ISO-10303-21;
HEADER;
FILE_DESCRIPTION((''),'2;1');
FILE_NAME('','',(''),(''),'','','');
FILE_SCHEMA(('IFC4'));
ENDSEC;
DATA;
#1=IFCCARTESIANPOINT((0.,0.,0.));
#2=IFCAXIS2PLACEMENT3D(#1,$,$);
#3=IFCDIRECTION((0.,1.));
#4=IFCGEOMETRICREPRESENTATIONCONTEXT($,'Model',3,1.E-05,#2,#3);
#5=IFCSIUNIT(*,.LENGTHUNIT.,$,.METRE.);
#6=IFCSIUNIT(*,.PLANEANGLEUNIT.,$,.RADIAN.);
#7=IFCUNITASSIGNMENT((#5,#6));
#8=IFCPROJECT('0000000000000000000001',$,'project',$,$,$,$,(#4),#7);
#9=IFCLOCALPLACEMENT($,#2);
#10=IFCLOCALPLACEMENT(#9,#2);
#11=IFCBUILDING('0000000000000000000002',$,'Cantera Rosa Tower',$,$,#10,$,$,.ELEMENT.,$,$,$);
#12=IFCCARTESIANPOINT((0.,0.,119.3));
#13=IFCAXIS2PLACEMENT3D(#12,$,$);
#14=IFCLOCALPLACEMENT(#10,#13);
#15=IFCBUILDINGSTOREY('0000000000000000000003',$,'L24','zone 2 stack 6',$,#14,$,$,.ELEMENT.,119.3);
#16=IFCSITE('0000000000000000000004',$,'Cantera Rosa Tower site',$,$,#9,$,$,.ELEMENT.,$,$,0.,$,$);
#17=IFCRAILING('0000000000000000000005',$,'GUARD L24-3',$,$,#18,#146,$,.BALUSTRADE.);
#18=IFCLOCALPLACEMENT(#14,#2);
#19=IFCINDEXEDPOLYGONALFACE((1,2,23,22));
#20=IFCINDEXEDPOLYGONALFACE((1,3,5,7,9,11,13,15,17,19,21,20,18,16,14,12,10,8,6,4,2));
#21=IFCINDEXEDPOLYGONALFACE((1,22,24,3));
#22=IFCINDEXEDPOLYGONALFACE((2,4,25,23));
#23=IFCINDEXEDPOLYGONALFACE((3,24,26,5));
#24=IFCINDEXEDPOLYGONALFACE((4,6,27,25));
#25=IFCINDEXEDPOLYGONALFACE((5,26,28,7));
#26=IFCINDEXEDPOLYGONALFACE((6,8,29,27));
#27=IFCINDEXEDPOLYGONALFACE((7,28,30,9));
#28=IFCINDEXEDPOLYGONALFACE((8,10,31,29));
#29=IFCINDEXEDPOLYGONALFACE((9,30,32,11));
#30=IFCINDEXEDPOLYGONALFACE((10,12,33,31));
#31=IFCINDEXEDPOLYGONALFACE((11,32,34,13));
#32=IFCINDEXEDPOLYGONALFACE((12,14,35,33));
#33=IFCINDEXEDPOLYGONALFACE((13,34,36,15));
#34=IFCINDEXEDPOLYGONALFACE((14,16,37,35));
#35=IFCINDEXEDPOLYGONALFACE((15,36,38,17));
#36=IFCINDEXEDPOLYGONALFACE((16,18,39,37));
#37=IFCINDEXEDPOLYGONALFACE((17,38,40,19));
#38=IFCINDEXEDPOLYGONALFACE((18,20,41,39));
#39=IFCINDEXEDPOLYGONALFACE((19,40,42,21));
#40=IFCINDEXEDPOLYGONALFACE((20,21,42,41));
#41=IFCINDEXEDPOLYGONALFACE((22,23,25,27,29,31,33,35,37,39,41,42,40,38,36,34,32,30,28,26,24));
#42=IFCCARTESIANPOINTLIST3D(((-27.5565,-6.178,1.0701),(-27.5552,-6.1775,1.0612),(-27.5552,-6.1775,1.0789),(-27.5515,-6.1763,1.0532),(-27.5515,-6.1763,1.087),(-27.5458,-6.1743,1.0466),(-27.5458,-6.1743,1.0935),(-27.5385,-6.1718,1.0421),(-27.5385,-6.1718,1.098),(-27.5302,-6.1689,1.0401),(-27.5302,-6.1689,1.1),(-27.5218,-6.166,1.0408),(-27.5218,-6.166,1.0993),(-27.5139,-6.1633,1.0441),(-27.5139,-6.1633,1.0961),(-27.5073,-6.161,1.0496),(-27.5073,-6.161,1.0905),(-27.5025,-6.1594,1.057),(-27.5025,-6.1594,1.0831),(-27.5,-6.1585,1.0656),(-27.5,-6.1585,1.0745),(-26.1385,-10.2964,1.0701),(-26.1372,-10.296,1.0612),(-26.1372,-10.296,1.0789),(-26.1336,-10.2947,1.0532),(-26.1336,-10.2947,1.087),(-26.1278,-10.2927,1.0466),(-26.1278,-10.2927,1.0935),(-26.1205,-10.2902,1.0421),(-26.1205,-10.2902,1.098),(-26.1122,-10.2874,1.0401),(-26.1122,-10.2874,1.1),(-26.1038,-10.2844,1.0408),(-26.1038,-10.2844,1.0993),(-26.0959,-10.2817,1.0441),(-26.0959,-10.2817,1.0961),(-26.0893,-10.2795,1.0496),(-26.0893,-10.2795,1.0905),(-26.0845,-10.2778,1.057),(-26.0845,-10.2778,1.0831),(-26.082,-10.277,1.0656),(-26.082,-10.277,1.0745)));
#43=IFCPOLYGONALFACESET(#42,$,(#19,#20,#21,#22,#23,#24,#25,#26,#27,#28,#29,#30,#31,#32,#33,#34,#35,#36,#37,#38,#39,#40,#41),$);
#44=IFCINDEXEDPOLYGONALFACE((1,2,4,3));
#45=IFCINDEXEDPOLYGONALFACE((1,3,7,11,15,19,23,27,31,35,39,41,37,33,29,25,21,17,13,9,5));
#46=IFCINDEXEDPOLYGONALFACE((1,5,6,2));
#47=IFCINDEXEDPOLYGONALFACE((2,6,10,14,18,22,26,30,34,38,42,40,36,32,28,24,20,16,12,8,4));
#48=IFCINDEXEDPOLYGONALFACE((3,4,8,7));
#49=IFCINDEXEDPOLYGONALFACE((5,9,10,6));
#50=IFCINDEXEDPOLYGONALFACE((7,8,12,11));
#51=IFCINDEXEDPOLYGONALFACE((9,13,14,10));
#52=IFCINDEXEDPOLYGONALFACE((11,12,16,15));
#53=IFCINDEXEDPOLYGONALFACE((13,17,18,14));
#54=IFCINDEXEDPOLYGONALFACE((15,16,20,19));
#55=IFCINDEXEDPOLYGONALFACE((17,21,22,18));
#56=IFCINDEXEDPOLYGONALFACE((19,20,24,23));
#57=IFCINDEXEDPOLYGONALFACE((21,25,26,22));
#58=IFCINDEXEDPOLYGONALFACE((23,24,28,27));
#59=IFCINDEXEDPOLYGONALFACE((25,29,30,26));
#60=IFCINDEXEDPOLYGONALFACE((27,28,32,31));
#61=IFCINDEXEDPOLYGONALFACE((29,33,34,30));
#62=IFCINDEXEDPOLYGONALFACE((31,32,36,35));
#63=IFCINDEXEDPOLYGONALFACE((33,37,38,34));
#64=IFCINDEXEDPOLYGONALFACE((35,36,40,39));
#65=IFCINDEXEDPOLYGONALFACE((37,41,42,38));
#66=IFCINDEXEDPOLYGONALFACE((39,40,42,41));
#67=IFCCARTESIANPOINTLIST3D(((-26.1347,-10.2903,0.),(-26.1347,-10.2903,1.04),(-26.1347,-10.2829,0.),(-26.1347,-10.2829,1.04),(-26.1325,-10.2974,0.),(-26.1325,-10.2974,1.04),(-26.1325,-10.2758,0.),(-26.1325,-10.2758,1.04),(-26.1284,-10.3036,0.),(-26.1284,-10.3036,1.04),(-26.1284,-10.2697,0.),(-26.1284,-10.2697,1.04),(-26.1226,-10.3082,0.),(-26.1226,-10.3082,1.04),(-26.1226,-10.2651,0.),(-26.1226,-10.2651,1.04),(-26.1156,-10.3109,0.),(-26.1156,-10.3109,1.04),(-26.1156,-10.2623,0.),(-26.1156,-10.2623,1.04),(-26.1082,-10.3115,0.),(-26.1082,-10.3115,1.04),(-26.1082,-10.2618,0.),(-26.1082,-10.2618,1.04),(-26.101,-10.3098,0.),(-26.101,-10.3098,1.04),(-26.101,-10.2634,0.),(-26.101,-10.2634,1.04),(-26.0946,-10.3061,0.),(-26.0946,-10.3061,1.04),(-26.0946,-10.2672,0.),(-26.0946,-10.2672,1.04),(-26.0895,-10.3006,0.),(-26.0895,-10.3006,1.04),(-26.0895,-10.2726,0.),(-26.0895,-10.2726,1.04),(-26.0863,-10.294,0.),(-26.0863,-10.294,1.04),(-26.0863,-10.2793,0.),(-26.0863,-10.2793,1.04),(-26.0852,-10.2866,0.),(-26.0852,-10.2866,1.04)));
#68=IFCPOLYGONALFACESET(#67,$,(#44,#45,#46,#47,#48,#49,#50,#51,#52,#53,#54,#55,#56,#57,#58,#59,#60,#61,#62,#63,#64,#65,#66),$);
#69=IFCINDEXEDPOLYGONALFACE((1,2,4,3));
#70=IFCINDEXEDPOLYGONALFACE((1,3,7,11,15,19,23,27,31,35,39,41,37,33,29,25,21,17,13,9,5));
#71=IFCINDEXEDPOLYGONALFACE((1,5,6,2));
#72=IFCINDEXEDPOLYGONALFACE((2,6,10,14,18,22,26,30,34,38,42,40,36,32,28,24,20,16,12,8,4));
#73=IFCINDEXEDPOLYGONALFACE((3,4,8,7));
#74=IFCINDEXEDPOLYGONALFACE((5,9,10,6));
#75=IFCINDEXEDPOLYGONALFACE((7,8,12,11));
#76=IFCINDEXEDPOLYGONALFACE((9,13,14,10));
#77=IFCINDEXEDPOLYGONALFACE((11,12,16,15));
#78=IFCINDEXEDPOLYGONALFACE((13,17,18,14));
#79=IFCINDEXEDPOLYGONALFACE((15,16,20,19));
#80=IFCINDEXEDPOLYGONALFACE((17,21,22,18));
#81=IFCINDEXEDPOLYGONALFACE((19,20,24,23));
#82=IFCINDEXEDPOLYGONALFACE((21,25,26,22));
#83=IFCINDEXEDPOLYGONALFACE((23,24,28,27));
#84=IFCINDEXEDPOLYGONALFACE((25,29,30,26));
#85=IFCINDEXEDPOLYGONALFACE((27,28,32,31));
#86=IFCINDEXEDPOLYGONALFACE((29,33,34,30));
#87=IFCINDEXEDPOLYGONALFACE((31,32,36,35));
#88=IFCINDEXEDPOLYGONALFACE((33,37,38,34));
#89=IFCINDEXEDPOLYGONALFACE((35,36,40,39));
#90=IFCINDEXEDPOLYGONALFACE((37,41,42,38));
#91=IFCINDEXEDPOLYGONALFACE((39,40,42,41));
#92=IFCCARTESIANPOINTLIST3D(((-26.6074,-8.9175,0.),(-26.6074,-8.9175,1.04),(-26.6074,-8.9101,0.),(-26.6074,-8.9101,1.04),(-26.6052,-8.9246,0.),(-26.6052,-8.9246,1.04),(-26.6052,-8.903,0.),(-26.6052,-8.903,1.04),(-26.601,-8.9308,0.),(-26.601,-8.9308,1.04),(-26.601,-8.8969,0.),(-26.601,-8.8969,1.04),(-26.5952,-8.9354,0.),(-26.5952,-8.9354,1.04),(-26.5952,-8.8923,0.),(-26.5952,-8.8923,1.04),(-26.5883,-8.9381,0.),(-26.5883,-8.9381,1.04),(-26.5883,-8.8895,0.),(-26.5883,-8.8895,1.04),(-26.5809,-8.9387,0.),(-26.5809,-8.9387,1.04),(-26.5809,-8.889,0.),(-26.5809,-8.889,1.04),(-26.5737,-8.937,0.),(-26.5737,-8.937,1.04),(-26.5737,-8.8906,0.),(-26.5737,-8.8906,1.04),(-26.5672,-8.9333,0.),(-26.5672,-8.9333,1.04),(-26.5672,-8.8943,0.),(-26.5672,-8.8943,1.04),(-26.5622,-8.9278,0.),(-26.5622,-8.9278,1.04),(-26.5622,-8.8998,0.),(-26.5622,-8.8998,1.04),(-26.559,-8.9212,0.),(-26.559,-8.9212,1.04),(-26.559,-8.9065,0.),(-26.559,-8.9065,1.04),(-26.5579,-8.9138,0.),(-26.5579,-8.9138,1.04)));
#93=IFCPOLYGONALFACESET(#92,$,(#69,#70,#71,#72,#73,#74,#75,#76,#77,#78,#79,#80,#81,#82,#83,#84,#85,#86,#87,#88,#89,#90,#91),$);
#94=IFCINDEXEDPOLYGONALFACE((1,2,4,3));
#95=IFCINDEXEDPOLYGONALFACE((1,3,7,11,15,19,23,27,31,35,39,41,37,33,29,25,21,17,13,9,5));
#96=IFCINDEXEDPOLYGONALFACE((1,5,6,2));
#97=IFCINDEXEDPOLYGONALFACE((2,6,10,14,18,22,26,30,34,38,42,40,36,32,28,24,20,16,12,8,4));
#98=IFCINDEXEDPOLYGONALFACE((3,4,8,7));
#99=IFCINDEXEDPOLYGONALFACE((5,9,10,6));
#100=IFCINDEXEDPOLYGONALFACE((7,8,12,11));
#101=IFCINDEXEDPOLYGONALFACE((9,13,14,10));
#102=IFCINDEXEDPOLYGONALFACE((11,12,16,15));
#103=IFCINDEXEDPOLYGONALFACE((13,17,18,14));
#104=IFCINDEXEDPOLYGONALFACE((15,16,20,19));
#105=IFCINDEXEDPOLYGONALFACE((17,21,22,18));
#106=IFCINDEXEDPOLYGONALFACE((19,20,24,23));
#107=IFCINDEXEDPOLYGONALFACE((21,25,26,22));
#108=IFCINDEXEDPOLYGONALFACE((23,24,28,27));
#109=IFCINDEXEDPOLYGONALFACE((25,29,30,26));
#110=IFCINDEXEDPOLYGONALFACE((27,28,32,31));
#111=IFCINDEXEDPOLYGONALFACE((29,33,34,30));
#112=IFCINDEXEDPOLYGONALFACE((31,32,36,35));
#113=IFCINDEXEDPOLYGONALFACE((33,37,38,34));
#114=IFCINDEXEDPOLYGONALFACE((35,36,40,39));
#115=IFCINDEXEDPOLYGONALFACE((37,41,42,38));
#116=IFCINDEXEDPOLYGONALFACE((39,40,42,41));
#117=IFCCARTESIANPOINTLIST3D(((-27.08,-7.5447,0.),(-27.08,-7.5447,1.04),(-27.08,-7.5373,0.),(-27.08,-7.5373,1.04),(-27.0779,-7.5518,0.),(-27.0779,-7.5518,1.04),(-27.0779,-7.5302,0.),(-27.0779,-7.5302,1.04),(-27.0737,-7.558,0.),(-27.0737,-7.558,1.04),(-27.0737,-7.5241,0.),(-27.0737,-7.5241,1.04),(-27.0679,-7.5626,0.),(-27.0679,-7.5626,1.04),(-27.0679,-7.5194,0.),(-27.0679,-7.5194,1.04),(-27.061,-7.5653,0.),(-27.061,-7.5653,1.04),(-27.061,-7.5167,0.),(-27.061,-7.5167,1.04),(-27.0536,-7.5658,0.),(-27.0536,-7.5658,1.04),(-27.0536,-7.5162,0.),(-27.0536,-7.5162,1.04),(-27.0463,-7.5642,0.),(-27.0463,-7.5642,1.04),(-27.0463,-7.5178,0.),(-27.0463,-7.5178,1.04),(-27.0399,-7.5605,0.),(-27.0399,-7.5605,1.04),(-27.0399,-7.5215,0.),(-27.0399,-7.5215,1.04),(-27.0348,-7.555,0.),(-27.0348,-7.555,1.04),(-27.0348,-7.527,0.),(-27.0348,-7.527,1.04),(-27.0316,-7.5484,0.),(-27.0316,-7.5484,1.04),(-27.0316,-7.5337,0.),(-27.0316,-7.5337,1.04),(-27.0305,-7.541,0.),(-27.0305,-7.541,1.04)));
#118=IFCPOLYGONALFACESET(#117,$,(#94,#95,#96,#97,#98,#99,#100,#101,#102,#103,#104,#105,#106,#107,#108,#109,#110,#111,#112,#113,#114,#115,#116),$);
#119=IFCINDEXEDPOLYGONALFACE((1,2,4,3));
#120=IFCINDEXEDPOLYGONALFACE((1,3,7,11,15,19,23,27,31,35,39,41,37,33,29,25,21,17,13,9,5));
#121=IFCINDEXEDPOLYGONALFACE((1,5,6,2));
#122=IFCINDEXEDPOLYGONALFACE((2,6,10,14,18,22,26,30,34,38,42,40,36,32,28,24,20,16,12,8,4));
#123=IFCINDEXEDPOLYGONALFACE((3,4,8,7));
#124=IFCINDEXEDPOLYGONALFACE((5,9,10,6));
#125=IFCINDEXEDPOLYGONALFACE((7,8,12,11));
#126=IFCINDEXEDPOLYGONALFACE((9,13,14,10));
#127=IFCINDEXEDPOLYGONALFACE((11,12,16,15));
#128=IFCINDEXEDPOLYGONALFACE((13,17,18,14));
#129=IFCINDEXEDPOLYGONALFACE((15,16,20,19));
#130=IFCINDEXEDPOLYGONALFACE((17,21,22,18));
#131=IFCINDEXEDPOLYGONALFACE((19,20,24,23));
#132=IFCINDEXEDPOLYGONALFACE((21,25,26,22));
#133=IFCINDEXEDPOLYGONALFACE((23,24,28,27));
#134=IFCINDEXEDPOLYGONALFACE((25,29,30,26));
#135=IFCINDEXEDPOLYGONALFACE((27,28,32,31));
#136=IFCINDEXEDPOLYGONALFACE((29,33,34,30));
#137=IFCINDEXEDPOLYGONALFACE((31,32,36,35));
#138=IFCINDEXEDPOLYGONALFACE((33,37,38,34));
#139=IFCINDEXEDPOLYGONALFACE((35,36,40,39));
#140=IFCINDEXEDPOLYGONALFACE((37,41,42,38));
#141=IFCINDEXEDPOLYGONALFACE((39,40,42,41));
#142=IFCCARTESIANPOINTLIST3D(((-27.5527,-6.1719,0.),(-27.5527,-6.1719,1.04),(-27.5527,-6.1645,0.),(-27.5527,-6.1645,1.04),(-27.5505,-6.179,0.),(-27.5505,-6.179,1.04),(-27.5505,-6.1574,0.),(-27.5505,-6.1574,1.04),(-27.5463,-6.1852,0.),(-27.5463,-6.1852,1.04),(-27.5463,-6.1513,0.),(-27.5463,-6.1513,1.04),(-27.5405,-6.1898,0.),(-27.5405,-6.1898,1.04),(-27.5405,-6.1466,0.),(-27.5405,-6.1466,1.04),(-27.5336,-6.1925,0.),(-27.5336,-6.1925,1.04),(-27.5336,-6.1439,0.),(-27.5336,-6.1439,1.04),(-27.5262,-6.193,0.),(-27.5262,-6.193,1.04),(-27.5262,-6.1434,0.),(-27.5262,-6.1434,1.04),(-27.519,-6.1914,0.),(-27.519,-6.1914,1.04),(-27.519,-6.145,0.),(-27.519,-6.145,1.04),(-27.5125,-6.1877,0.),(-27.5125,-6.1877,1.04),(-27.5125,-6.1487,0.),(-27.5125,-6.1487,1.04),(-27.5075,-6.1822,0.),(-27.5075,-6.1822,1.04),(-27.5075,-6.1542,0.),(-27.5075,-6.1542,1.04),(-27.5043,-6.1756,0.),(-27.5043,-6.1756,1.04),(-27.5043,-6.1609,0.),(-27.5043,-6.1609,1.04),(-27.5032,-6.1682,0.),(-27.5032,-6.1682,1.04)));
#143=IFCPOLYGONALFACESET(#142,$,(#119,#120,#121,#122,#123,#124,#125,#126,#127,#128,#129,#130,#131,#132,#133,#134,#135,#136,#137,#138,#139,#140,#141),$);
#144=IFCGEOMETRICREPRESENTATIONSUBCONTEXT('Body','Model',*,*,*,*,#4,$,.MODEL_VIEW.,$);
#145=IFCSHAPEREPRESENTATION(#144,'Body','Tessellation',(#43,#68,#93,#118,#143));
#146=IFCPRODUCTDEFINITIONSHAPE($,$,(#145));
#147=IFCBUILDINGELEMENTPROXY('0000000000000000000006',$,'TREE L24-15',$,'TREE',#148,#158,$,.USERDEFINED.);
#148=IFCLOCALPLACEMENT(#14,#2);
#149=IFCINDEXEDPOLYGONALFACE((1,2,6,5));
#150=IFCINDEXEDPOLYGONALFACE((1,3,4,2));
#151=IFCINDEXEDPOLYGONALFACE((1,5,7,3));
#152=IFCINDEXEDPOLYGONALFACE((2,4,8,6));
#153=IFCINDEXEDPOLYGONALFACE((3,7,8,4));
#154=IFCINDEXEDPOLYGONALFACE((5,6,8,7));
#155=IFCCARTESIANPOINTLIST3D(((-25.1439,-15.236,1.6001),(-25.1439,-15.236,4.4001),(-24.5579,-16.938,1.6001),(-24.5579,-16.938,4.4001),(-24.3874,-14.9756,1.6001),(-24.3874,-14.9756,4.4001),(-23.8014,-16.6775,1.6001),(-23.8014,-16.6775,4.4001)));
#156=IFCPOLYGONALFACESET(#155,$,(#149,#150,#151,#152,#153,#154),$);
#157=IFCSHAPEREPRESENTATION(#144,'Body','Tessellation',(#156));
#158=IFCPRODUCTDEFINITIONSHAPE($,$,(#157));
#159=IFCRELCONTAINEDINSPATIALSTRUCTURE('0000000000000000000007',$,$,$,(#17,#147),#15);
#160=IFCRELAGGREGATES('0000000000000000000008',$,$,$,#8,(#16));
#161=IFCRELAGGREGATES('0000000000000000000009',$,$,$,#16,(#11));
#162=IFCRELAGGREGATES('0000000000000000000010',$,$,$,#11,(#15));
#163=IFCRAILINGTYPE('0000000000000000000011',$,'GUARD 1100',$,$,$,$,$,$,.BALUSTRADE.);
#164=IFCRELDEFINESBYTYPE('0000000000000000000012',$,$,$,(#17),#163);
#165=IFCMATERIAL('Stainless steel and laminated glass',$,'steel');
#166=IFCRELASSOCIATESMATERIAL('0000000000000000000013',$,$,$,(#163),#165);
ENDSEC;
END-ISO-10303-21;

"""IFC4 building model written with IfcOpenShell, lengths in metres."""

from ifc_helpers import new_model, si_unit, direction, frame, origin, origin_2d, place, context, subcontext, project, spatial, rectangle, circle, extrude, material, type_object, element, save


model = new_model("IFC4")

# Units and contexts
model_context = context("Model", 3, precision=1e-05, world=origin(), true_north=direction((0.0, 1.0)))
body_context = subcontext(model_context, "Body", "Model", "MODEL_VIEW")
ifc_project = project(units=[si_unit("LENGTHUNIT", "METRE"), si_unit("PLANEANGLEUNIT", "RADIAN")], contexts=[model_context])

# Site, building, storey
site_placement = place(None, origin())
site = spatial("IfcSite", under=ifc_project, at=site_placement, Name="Cantera Rosa Tower site", CompositionType="ELEMENT", RefElevation=0.0)
building_placement = place(site_placement, origin())
building = spatial("IfcBuilding", under=site, at=building_placement, Name="Cantera Rosa Tower", CompositionType="ELEMENT")
storey_placement = place(building_placement, frame((0.0, 0.0, 119.3)))
storey = spatial("IfcBuildingStorey", under=building, at=storey_placement, Name="L24", Description="zone 2 stack 6", CompositionType="ELEMENT", Elevation=119.3)

# Railing
ifc_material_1 = material(Name="Stainless steel and laminated glass", Category="steel")
railing_type = type_object("IfcRailingType", Name="GUARD 1100", PredefinedType="BALUSTRADE", material=ifc_material_1)
railing_1_placement = place(storey_placement, frame((-26.1101, -10.2866, 0.0)))
element("IfcRailing", 1, at=railing_1_placement, inside=storey, type_object=railing_type, Name="GUARD L24-3", PredefinedType="BALUSTRADE", context=body_context, shape_type="SweptSolid", body=[
    extrude(circle(Radius=0.03, at=origin_2d()), frame((0.0, 0.0, 1.0701), z_axis=(-0.325545, 0.945527, 0.0), x_axis=(-0.945527, -0.325545, 0.0)), (0.0, 0.0, 1.0), 4.3557),
    extrude(circle(Radius=0.0249, at=origin_2d()), origin(), (0.0, 0.0, 1.0), 1.04),
    extrude(circle(Radius=0.0249, at=origin_2d()), frame((-0.4727, 1.3728, 0.0)), (0.0, 0.0, 1.0), 1.04),
    extrude(circle(Radius=0.0249, at=origin_2d()), frame((-0.9453, 2.7456, 0.0)), (0.0, 0.0, 1.0), 1.04),
    extrude(circle(Radius=0.0249, at=origin_2d()), frame((-1.418, 4.1184, 0.0)), (0.0, 0.0, 1.0), 1.04),
])

# Building element proxy
proxy_placement = place(storey_placement, frame((-24.4727, -15.9568, 1.6001), z_axis=(0.0, 0.0, 1.0), x_axis=(0.325568, -0.945519, 0.0)))
element("IfcBuildingElementProxy", 2, at=proxy_placement, inside=storey, Name="TREE L24-15", ObjectType="TREE", PredefinedType="USERDEFINED", context=body_context, shape_type="SweptSolid", body=[
    extrude(rectangle(XDim=1.8, YDim=0.8, at=origin_2d()), origin(), (0.0, 0.0, 1.0), 2.8),
])

save(model, "model.ifc")
